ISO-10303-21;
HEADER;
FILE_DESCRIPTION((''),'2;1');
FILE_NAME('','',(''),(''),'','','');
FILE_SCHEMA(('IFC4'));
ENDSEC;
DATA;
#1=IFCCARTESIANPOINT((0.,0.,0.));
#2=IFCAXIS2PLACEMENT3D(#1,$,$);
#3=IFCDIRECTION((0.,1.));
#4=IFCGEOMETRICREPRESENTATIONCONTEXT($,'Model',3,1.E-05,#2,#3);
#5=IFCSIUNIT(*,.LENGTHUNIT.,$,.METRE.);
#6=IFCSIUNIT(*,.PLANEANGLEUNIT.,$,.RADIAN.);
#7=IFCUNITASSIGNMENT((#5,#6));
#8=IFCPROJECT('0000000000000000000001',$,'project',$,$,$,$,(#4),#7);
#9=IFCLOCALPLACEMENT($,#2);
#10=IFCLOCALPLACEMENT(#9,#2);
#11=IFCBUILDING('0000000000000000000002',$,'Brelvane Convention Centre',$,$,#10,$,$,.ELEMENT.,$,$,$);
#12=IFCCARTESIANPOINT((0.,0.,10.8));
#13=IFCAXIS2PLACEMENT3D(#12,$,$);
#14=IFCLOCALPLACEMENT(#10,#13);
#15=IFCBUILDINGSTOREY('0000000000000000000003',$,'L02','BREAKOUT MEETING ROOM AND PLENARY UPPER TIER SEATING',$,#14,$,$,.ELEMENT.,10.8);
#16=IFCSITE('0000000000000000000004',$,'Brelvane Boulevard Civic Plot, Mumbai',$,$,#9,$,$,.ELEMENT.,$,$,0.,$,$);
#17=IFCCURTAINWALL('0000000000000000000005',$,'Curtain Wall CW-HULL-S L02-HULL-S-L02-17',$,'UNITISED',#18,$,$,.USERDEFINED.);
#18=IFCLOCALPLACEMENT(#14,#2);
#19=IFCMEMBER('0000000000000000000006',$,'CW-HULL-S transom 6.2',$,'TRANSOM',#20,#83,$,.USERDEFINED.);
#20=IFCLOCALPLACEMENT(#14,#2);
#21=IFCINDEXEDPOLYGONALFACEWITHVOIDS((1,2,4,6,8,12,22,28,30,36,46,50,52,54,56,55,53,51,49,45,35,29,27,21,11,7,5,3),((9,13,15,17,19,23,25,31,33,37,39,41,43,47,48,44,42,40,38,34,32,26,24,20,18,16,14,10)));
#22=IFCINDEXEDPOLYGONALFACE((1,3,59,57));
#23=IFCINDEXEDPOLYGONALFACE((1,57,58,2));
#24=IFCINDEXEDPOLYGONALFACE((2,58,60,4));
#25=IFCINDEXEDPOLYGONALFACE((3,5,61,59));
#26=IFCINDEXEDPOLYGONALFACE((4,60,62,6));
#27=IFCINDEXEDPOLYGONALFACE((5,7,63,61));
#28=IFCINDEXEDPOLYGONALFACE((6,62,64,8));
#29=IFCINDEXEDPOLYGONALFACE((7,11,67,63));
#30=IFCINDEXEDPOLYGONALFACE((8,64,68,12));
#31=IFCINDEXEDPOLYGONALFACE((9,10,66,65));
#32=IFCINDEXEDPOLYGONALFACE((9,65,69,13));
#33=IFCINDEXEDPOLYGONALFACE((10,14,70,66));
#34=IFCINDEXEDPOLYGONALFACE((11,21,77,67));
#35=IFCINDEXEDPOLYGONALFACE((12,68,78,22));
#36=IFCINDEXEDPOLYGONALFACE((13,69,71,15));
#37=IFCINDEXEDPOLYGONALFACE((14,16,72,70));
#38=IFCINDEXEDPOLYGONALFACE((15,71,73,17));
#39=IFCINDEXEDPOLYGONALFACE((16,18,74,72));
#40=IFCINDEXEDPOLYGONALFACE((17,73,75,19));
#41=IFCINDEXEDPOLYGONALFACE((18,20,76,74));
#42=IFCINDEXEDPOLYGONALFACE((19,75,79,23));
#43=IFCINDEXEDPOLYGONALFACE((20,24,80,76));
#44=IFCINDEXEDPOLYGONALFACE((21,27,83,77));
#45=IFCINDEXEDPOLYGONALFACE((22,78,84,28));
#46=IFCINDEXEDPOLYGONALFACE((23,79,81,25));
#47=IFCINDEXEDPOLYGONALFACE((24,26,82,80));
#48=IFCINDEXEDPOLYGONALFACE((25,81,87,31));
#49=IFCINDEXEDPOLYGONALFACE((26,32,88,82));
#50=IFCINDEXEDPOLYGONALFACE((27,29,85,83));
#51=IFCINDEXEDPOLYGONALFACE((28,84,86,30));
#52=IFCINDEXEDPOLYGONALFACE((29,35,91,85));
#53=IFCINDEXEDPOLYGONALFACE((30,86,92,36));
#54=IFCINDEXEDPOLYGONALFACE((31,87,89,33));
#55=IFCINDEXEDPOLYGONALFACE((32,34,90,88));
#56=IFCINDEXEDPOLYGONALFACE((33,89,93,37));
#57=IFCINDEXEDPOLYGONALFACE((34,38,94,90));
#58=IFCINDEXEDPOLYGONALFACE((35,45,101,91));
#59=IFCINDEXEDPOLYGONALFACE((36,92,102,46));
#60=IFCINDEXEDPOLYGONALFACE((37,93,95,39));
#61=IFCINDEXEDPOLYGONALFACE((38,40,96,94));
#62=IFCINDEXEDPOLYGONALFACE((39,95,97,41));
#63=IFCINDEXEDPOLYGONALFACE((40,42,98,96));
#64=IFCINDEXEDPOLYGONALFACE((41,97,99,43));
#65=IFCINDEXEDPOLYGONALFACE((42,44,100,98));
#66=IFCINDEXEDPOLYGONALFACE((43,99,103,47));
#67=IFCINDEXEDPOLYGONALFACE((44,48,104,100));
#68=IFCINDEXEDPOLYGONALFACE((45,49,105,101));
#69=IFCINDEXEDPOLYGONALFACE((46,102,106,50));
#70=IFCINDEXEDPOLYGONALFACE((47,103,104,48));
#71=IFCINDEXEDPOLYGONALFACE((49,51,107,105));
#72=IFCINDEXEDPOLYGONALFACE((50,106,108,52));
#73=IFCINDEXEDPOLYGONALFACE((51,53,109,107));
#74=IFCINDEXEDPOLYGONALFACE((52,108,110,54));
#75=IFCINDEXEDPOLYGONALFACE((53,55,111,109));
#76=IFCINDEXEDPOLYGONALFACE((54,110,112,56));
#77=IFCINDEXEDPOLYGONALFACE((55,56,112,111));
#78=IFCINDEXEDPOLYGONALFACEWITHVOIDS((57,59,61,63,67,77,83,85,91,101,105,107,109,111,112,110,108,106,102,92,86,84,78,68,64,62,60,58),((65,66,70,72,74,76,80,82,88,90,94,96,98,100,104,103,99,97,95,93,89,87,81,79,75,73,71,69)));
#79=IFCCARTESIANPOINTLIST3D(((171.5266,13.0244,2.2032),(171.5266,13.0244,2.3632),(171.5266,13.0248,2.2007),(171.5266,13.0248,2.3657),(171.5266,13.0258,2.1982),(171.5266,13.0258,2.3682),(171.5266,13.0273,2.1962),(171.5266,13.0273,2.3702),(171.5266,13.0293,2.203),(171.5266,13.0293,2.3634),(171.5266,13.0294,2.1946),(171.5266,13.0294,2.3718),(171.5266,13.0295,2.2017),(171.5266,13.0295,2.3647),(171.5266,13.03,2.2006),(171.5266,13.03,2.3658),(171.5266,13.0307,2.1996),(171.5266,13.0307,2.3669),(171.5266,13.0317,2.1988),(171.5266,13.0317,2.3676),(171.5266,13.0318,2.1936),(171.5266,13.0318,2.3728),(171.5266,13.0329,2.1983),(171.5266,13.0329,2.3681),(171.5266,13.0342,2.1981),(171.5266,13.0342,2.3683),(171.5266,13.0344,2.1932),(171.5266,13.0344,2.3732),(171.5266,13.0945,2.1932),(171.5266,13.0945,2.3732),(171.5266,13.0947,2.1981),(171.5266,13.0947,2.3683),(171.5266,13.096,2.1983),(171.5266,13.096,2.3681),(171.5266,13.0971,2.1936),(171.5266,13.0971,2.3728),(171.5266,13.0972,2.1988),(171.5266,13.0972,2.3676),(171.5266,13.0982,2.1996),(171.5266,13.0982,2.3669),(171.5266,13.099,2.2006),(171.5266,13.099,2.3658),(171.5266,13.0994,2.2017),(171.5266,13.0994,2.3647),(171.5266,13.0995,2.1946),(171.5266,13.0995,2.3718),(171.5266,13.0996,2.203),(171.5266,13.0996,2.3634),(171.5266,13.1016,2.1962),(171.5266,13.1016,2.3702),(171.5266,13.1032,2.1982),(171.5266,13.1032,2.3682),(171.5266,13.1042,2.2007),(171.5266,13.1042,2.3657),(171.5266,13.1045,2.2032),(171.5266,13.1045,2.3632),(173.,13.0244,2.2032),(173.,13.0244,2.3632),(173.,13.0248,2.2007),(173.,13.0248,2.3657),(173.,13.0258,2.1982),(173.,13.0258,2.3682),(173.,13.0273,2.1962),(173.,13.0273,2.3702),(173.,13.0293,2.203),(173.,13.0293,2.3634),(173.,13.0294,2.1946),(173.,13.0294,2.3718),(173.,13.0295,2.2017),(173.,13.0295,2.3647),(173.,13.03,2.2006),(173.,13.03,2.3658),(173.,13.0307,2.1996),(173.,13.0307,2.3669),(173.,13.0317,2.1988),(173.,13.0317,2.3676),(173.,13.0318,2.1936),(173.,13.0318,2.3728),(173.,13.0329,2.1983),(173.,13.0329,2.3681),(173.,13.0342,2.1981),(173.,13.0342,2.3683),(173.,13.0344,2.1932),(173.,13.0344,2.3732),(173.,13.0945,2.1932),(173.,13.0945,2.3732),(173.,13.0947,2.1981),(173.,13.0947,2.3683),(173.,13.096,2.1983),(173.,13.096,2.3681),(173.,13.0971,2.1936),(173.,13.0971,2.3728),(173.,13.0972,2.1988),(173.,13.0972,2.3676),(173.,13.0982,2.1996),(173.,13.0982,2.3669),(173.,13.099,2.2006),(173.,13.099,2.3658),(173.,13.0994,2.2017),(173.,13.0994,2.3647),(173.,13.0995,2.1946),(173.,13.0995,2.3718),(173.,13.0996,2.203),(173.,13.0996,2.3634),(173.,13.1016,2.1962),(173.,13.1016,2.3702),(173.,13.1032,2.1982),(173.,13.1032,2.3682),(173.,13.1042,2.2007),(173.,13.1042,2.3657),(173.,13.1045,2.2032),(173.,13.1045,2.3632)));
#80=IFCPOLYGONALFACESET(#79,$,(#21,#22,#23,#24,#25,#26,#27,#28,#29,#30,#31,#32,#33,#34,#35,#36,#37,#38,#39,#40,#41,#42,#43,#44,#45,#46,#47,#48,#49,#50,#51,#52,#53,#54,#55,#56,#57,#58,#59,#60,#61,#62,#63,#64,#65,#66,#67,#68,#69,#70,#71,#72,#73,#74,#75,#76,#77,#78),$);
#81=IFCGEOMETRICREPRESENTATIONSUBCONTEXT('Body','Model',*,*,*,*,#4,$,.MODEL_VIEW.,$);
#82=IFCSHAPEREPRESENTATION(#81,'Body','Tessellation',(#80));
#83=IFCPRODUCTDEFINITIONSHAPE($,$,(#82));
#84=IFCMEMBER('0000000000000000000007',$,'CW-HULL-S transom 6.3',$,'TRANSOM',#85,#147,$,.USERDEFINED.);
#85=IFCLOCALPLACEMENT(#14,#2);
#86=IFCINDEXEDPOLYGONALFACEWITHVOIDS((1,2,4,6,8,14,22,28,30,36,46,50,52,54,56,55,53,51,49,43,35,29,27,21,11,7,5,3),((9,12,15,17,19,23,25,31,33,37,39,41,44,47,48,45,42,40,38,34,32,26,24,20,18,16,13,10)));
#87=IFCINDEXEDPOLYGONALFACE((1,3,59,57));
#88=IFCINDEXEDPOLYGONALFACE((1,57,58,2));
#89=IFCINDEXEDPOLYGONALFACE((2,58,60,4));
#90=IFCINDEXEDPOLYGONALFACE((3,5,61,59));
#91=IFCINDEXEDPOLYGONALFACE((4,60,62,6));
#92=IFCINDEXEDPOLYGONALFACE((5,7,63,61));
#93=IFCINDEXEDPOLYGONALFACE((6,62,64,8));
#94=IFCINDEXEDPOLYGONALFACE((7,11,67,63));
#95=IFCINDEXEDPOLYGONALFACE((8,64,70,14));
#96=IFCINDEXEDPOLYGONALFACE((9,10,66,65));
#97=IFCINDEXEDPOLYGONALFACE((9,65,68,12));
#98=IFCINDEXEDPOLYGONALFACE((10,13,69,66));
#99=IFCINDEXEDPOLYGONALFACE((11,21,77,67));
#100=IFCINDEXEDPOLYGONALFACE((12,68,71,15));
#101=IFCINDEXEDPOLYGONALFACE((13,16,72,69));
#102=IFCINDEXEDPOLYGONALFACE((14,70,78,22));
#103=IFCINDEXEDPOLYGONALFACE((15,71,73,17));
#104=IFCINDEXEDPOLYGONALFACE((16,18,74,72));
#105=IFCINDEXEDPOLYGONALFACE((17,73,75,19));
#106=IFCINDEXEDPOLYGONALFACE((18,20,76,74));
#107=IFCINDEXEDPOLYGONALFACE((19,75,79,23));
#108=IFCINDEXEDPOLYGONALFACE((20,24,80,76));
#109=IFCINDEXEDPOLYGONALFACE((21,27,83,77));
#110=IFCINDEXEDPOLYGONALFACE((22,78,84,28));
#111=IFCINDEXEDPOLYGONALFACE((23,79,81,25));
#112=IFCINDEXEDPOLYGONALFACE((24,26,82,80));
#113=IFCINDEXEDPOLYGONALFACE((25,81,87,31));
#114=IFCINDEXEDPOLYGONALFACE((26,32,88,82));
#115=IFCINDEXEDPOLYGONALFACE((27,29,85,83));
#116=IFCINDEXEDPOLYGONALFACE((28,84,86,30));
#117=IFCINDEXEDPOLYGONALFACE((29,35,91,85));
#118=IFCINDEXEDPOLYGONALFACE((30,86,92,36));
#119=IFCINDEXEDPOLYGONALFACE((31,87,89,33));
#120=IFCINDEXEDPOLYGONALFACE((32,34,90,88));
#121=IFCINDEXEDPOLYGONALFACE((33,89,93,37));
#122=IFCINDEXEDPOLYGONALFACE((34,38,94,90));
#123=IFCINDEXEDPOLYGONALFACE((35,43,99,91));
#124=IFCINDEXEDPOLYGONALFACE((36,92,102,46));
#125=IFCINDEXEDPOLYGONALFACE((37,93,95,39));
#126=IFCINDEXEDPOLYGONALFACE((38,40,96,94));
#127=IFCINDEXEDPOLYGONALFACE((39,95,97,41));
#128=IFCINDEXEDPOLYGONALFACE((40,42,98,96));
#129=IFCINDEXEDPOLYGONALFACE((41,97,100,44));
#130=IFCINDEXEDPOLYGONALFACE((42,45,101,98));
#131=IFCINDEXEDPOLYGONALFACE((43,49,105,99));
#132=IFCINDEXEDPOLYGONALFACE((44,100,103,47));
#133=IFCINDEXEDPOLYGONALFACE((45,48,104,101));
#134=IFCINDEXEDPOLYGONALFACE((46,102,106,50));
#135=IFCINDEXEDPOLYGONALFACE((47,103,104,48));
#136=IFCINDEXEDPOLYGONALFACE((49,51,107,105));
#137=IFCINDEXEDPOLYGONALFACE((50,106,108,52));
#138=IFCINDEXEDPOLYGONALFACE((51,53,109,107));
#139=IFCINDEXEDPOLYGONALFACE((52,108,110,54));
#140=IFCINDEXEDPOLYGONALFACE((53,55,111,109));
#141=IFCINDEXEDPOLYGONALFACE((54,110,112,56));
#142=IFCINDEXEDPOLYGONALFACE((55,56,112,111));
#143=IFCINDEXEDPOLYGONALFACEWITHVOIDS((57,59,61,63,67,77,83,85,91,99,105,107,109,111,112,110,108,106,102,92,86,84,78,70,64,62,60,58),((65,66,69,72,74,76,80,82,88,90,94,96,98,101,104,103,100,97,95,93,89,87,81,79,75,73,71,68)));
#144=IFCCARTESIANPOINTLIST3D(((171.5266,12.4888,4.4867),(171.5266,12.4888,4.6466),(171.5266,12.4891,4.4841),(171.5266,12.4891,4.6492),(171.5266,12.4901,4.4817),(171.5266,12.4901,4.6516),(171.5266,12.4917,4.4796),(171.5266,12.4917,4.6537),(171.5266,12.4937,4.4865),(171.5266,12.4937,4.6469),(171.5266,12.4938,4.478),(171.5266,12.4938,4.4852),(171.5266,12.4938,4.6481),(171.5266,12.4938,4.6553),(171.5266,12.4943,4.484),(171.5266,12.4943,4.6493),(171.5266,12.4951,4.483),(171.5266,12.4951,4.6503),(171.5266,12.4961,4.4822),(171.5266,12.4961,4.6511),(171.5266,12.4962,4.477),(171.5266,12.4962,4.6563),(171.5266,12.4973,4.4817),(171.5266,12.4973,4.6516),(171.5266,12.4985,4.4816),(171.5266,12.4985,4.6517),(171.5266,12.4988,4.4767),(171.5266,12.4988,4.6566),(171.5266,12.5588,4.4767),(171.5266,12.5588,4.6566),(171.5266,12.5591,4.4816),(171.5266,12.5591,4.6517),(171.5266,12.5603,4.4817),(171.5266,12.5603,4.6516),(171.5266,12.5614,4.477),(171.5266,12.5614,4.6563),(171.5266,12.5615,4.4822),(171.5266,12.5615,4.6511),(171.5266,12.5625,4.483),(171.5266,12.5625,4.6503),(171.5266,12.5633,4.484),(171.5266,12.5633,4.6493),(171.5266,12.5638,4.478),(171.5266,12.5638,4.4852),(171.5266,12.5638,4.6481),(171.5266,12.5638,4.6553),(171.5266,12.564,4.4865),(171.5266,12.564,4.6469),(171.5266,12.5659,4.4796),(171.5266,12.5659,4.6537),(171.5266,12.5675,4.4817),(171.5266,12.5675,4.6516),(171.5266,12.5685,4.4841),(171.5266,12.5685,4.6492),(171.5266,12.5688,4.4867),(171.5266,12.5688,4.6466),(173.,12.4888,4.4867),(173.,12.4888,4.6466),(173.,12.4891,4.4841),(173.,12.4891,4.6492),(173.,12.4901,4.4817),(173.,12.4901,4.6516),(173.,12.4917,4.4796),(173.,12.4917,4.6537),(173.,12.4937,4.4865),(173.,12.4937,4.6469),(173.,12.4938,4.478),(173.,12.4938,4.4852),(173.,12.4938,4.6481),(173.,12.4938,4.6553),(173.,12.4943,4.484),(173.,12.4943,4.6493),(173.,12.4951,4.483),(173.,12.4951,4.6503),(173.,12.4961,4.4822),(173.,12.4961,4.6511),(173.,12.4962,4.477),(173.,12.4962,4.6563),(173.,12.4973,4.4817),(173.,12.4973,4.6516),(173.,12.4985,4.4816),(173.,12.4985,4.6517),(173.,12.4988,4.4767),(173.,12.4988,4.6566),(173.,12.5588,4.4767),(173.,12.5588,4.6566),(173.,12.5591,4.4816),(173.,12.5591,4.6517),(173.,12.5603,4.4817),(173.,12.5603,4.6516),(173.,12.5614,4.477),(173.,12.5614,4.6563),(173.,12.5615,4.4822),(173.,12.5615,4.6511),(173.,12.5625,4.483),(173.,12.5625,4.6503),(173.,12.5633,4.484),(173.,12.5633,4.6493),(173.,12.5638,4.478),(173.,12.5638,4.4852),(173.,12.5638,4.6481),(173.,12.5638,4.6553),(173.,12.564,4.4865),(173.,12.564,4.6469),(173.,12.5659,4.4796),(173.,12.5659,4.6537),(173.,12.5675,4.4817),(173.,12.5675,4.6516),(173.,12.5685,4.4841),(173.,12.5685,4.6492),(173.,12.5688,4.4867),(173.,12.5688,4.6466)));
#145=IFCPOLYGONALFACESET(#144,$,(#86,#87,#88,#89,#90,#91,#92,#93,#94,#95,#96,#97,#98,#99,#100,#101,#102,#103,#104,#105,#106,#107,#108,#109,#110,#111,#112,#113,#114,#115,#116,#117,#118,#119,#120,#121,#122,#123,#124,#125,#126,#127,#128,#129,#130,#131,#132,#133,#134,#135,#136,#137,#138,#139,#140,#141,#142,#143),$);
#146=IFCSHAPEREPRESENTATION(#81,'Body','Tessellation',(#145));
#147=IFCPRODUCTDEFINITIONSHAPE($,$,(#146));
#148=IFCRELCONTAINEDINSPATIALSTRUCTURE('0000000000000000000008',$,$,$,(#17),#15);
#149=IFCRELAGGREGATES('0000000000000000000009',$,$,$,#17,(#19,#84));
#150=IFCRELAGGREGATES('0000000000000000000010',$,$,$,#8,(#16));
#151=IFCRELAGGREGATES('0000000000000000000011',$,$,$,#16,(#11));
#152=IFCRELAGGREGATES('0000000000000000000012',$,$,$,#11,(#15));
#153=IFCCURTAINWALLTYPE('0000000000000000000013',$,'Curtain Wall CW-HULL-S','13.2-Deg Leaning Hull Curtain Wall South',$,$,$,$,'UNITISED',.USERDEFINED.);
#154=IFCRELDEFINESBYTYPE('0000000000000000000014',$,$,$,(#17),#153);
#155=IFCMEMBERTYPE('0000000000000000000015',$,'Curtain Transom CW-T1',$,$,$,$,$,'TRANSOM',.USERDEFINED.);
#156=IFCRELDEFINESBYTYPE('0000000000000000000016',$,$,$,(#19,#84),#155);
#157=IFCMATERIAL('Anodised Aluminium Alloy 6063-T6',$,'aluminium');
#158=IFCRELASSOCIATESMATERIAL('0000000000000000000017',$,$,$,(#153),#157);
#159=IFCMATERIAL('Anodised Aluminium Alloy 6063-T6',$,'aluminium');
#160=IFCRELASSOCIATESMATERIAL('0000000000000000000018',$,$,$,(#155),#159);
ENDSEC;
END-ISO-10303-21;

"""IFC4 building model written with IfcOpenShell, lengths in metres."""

from ifc_helpers import new_model, si_unit, direction, frame, origin, origin_2d, place, context, subcontext, project, spatial, hollow_rectangle, extrude, material, material_profile, profile_set, type_object, element, aggregate, save


model = new_model("IFC4")

# Units and contexts
model_context = context("Model", 3, precision=1e-05, world=origin(), true_north=direction((0.0, 1.0)))
body_context = subcontext(model_context, "Body", "Model", "MODEL_VIEW")
ifc_project = project(units=[si_unit("LENGTHUNIT", "METRE"), si_unit("PLANEANGLEUNIT", "RADIAN")], contexts=[model_context])

# Site, building, storey
site_placement = place(None, origin())
site = spatial("IfcSite", under=ifc_project, at=site_placement, Name="Brelvane Boulevard Civic Plot, Mumbai", CompositionType="ELEMENT", RefElevation=0.0)
building_placement = place(site_placement, origin())
building = spatial("IfcBuilding", under=site, at=building_placement, Name="Brelvane Convention Centre", CompositionType="ELEMENT")
storey_placement = place(building_placement, frame((0.0, 0.0, 10.8)))
storey = spatial("IfcBuildingStorey", under=building, at=storey_placement, Name="L02", Description="BREAKOUT MEETING ROOM AND PLENARY UPPER TIER SEATING", CompositionType="ELEMENT", Elevation=10.8)

# Curtain wall, members
ifc_material_1 = material(Name="Anodised Aluminium Alloy 6063-T6", Category="aluminium")
curtain_wall_type = type_object("IfcCurtainWallType", Name="Curtain Wall CW-HULL-S", Description="13.2-Deg Leaning Hull Curtain Wall South", ElementType="UNITISED", PredefinedType="USERDEFINED", material=ifc_material_1)
curtain_wall_1_placement = place(storey_placement, origin())
curtain_wall_1 = element("IfcCurtainWall", 1, at=curtain_wall_1_placement, inside=storey, type_object=curtain_wall_type, Name="Curtain Wall CW-HULL-S L02-HULL-S-L02-17", ObjectType="UNITISED", PredefinedType="USERDEFINED")
ifc_material_2 = material(Name="Anodised Aluminium Alloy 6063-T6", Category="aluminium")
ifc_material_profile = material_profile(ifc_material_2, hollow_rectangle(XDim=0.0801, YDim=0.1799, WallThickness=0.0049, InnerFilletRadius=0.0049, OuterFilletRadius=0.01, at=origin_2d()), Name="ALU-T 180x80x5.0")
ifc_profile_set = profile_set([ifc_material_profile], Name="Anodised Aluminium Alloy 6063-T6")
member_type = type_object("IfcMemberType", Name="Curtain Transom CW-T1", ElementType="TRANSOM", PredefinedType="USERDEFINED", material=ifc_profile_set)
member_1_placement = place(storey_placement, frame((171.5266, 13.0645, 2.2832), z_axis=(1.0, 0.0, 0.0), x_axis=(0.0, 1.0, 0.0)))
member_1 = element("IfcMember", 2, at=member_1_placement, type_object=member_type, Name="CW-HULL-S transom 6.2", ObjectType="TRANSOM", PredefinedType="USERDEFINED", context=body_context, shape_type="SweptSolid", body=[
    extrude(hollow_rectangle(XDim=0.0801, YDim=0.1799, WallThickness=0.0049, InnerFilletRadius=0.0049, OuterFilletRadius=0.01, at=origin_2d()), origin(), (0.0, 0.0, 1.0), 1.4734),
])
member_2_placement = place(storey_placement, frame((171.5266, 12.5288, 4.5667), z_axis=(1.0, 0.0, 0.0), x_axis=(0.0, 1.0, 0.0)))
member_2 = element("IfcMember", 3, at=member_2_placement, type_object=member_type, Name="CW-HULL-S transom 6.3", ObjectType="TRANSOM", PredefinedType="USERDEFINED", context=body_context, shape_type="SweptSolid", body=[
    extrude(hollow_rectangle(XDim=0.0801, YDim=0.1799, WallThickness=0.0049, InnerFilletRadius=0.0049, OuterFilletRadius=0.01, at=origin_2d()), origin(), (0.0, 0.0, 1.0), 1.4734),
])

aggregate(curtain_wall_1, [member_1, member_2])

save(model, "model.ifc")
